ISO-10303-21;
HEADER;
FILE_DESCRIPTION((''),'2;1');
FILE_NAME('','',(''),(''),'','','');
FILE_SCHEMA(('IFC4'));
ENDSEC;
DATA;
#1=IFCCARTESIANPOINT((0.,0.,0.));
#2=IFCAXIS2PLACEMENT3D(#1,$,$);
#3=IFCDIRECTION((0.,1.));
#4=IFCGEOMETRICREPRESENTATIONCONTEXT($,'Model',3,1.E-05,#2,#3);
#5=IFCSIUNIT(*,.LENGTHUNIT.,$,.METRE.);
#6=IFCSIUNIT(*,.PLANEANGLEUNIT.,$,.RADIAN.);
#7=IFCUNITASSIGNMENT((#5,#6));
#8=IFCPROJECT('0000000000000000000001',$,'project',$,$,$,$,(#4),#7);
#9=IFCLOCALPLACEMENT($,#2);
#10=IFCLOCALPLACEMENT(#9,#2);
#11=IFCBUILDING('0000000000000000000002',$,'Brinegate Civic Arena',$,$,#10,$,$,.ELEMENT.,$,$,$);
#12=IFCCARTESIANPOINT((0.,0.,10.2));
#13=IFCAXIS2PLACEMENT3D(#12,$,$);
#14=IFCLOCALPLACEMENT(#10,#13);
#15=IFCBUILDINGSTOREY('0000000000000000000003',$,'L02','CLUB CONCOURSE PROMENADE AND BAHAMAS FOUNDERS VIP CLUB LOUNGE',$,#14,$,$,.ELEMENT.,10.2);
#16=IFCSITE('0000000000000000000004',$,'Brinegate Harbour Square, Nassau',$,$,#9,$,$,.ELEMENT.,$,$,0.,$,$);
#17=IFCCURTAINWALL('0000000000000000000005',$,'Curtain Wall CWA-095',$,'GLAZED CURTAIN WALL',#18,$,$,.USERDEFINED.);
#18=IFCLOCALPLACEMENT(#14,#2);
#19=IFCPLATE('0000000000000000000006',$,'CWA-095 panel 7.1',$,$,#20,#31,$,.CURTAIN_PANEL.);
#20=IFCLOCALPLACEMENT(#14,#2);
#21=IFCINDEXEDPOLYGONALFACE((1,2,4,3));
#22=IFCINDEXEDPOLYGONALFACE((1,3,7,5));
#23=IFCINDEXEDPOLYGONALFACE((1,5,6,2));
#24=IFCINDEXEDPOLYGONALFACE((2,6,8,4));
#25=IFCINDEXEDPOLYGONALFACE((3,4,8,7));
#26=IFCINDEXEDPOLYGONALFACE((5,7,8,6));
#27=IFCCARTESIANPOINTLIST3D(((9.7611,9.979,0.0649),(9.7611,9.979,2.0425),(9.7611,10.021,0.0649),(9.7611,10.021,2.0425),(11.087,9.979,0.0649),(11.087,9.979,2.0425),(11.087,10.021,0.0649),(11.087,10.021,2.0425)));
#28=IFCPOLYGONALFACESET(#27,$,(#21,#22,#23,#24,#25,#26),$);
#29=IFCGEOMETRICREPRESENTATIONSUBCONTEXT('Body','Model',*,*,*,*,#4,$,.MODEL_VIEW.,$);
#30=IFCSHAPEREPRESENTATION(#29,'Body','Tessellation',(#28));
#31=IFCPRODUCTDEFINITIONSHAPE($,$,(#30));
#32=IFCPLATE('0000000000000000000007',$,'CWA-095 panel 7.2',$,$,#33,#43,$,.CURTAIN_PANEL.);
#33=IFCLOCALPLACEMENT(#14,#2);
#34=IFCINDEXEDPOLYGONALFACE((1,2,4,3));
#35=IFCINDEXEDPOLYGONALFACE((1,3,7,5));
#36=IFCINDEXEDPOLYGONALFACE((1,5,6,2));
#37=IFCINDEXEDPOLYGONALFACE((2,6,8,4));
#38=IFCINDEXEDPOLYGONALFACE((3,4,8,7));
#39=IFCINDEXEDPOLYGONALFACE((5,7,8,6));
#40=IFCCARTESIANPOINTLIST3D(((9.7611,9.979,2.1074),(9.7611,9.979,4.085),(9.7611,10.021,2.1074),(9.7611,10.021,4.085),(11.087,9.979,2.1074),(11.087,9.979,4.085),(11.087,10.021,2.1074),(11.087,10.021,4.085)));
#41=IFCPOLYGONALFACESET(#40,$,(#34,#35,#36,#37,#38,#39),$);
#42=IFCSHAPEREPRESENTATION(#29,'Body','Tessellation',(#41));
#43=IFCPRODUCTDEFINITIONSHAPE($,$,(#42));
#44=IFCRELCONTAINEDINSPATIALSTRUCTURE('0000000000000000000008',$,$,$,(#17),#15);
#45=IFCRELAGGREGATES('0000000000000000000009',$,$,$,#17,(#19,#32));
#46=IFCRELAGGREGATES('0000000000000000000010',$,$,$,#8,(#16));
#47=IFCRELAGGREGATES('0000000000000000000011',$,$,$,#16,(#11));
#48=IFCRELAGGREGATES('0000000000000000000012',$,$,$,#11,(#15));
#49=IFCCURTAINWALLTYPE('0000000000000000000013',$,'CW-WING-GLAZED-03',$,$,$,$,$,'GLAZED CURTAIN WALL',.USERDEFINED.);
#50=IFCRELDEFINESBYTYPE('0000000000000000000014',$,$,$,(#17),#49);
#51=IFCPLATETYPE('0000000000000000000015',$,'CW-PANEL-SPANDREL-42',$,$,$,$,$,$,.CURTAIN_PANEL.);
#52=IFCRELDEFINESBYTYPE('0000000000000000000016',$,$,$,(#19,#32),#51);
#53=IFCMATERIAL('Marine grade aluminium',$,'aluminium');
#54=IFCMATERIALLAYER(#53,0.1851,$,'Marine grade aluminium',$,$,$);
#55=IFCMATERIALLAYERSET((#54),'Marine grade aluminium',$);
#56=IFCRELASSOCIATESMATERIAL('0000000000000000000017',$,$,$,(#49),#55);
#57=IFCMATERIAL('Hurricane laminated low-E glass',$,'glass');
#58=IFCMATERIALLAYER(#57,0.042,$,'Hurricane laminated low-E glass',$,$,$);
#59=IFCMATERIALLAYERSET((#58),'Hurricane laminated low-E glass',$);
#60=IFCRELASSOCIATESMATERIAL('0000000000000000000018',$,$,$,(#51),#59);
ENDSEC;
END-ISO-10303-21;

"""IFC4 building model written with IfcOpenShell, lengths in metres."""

from ifc_helpers import new_model, si_unit, direction, frame, origin, origin_2d, place, context, subcontext, project, spatial, rectangle, extrude, material, layer, layer_set, type_object, element, aggregate, save


model = new_model("IFC4")

# Units and contexts
model_context = context("Model", 3, precision=1e-05, world=origin(), true_north=direction((0.0, 1.0)))
body_context = subcontext(model_context, "Body", "Model", "MODEL_VIEW")
ifc_project = project(units=[si_unit("LENGTHUNIT", "METRE"), si_unit("PLANEANGLEUNIT", "RADIAN")], contexts=[model_context])

# Site, building, storey
site_placement = place(None, origin())
site = spatial("IfcSite", under=ifc_project, at=site_placement, Name="Brinegate Harbour Square, Nassau", CompositionType="ELEMENT", RefElevation=0.0)
building_placement = place(site_placement, origin())
building = spatial("IfcBuilding", under=site, at=building_placement, Name="Brinegate Civic Arena", CompositionType="ELEMENT")
storey_placement = place(building_placement, frame((0.0, 0.0, 10.2)))
storey = spatial("IfcBuildingStorey", under=building, at=storey_placement, Name="L02", Description="CLUB CONCOURSE PROMENADE AND BAHAMAS FOUNDERS VIP CLUB LOUNGE", CompositionType="ELEMENT", Elevation=10.2)

# Curtain wall, plates
ifc_material_1 = material(Name="Marine grade aluminium", Category="aluminium")
ifc_layer_1 = layer(ifc_material_1, 0.1851, Name="Marine grade aluminium")
ifc_layer_set_1 = layer_set([ifc_layer_1], Name="Marine grade aluminium")
curtain_wall_type = type_object("IfcCurtainWallType", Name="CW-WING-GLAZED-03", ElementType="GLAZED CURTAIN WALL", PredefinedType="USERDEFINED", material=ifc_layer_set_1)
curtain_wall_placement = place(storey_placement, origin())
curtain_wall = element("IfcCurtainWall", 1, at=curtain_wall_placement, inside=storey, type_object=curtain_wall_type, Name="Curtain Wall CWA-095", ObjectType="GLAZED CURTAIN WALL", PredefinedType="USERDEFINED")
ifc_material_2 = material(Name="Hurricane laminated low-E glass", Category="glass")
ifc_layer_2 = layer(ifc_material_2, 0.042, Name="Hurricane laminated low-E glass")
ifc_layer_set_2 = layer_set([ifc_layer_2], Name="Hurricane laminated low-E glass")
plate_type = type_object("IfcPlateType", Name="CW-PANEL-SPANDREL-42", PredefinedType="CURTAIN_PANEL", material=ifc_layer_set_2)
plate_1_placement = place(storey_placement, frame((10.4241, 10.0, 0.0649), z_axis=(0.0, 0.0, 1.0), x_axis=(1.0, 0.0, 0.0)))
plate_1 = element("IfcPlate", 2, at=plate_1_placement, type_object=plate_type, Name="CWA-095 panel 7.1", PredefinedType="CURTAIN_PANEL", context=body_context, shape_type="SweptSolid", body=[
    extrude(rectangle(XDim=1.3259, YDim=0.042, at=origin_2d()), origin(), (0.0, 0.0, 1.0), 1.9775),
])
plate_2_placement = place(storey_placement, frame((10.4241, 10.0, 2.1074), z_axis=(0.0, 0.0, 1.0), x_axis=(1.0, 0.0, 0.0)))
plate_2 = element("IfcPlate", 3, at=plate_2_placement, type_object=plate_type, Name="CWA-095 panel 7.2", PredefinedType="CURTAIN_PANEL", context=body_context, shape_type="SweptSolid", body=[
    extrude(rectangle(XDim=1.3259, YDim=0.042, at=origin_2d()), origin(), (0.0, 0.0, 1.0), 1.9775),
])
aggregate(curtain_wall, [plate_1, plate_2])

save(model, "model.ifc")
